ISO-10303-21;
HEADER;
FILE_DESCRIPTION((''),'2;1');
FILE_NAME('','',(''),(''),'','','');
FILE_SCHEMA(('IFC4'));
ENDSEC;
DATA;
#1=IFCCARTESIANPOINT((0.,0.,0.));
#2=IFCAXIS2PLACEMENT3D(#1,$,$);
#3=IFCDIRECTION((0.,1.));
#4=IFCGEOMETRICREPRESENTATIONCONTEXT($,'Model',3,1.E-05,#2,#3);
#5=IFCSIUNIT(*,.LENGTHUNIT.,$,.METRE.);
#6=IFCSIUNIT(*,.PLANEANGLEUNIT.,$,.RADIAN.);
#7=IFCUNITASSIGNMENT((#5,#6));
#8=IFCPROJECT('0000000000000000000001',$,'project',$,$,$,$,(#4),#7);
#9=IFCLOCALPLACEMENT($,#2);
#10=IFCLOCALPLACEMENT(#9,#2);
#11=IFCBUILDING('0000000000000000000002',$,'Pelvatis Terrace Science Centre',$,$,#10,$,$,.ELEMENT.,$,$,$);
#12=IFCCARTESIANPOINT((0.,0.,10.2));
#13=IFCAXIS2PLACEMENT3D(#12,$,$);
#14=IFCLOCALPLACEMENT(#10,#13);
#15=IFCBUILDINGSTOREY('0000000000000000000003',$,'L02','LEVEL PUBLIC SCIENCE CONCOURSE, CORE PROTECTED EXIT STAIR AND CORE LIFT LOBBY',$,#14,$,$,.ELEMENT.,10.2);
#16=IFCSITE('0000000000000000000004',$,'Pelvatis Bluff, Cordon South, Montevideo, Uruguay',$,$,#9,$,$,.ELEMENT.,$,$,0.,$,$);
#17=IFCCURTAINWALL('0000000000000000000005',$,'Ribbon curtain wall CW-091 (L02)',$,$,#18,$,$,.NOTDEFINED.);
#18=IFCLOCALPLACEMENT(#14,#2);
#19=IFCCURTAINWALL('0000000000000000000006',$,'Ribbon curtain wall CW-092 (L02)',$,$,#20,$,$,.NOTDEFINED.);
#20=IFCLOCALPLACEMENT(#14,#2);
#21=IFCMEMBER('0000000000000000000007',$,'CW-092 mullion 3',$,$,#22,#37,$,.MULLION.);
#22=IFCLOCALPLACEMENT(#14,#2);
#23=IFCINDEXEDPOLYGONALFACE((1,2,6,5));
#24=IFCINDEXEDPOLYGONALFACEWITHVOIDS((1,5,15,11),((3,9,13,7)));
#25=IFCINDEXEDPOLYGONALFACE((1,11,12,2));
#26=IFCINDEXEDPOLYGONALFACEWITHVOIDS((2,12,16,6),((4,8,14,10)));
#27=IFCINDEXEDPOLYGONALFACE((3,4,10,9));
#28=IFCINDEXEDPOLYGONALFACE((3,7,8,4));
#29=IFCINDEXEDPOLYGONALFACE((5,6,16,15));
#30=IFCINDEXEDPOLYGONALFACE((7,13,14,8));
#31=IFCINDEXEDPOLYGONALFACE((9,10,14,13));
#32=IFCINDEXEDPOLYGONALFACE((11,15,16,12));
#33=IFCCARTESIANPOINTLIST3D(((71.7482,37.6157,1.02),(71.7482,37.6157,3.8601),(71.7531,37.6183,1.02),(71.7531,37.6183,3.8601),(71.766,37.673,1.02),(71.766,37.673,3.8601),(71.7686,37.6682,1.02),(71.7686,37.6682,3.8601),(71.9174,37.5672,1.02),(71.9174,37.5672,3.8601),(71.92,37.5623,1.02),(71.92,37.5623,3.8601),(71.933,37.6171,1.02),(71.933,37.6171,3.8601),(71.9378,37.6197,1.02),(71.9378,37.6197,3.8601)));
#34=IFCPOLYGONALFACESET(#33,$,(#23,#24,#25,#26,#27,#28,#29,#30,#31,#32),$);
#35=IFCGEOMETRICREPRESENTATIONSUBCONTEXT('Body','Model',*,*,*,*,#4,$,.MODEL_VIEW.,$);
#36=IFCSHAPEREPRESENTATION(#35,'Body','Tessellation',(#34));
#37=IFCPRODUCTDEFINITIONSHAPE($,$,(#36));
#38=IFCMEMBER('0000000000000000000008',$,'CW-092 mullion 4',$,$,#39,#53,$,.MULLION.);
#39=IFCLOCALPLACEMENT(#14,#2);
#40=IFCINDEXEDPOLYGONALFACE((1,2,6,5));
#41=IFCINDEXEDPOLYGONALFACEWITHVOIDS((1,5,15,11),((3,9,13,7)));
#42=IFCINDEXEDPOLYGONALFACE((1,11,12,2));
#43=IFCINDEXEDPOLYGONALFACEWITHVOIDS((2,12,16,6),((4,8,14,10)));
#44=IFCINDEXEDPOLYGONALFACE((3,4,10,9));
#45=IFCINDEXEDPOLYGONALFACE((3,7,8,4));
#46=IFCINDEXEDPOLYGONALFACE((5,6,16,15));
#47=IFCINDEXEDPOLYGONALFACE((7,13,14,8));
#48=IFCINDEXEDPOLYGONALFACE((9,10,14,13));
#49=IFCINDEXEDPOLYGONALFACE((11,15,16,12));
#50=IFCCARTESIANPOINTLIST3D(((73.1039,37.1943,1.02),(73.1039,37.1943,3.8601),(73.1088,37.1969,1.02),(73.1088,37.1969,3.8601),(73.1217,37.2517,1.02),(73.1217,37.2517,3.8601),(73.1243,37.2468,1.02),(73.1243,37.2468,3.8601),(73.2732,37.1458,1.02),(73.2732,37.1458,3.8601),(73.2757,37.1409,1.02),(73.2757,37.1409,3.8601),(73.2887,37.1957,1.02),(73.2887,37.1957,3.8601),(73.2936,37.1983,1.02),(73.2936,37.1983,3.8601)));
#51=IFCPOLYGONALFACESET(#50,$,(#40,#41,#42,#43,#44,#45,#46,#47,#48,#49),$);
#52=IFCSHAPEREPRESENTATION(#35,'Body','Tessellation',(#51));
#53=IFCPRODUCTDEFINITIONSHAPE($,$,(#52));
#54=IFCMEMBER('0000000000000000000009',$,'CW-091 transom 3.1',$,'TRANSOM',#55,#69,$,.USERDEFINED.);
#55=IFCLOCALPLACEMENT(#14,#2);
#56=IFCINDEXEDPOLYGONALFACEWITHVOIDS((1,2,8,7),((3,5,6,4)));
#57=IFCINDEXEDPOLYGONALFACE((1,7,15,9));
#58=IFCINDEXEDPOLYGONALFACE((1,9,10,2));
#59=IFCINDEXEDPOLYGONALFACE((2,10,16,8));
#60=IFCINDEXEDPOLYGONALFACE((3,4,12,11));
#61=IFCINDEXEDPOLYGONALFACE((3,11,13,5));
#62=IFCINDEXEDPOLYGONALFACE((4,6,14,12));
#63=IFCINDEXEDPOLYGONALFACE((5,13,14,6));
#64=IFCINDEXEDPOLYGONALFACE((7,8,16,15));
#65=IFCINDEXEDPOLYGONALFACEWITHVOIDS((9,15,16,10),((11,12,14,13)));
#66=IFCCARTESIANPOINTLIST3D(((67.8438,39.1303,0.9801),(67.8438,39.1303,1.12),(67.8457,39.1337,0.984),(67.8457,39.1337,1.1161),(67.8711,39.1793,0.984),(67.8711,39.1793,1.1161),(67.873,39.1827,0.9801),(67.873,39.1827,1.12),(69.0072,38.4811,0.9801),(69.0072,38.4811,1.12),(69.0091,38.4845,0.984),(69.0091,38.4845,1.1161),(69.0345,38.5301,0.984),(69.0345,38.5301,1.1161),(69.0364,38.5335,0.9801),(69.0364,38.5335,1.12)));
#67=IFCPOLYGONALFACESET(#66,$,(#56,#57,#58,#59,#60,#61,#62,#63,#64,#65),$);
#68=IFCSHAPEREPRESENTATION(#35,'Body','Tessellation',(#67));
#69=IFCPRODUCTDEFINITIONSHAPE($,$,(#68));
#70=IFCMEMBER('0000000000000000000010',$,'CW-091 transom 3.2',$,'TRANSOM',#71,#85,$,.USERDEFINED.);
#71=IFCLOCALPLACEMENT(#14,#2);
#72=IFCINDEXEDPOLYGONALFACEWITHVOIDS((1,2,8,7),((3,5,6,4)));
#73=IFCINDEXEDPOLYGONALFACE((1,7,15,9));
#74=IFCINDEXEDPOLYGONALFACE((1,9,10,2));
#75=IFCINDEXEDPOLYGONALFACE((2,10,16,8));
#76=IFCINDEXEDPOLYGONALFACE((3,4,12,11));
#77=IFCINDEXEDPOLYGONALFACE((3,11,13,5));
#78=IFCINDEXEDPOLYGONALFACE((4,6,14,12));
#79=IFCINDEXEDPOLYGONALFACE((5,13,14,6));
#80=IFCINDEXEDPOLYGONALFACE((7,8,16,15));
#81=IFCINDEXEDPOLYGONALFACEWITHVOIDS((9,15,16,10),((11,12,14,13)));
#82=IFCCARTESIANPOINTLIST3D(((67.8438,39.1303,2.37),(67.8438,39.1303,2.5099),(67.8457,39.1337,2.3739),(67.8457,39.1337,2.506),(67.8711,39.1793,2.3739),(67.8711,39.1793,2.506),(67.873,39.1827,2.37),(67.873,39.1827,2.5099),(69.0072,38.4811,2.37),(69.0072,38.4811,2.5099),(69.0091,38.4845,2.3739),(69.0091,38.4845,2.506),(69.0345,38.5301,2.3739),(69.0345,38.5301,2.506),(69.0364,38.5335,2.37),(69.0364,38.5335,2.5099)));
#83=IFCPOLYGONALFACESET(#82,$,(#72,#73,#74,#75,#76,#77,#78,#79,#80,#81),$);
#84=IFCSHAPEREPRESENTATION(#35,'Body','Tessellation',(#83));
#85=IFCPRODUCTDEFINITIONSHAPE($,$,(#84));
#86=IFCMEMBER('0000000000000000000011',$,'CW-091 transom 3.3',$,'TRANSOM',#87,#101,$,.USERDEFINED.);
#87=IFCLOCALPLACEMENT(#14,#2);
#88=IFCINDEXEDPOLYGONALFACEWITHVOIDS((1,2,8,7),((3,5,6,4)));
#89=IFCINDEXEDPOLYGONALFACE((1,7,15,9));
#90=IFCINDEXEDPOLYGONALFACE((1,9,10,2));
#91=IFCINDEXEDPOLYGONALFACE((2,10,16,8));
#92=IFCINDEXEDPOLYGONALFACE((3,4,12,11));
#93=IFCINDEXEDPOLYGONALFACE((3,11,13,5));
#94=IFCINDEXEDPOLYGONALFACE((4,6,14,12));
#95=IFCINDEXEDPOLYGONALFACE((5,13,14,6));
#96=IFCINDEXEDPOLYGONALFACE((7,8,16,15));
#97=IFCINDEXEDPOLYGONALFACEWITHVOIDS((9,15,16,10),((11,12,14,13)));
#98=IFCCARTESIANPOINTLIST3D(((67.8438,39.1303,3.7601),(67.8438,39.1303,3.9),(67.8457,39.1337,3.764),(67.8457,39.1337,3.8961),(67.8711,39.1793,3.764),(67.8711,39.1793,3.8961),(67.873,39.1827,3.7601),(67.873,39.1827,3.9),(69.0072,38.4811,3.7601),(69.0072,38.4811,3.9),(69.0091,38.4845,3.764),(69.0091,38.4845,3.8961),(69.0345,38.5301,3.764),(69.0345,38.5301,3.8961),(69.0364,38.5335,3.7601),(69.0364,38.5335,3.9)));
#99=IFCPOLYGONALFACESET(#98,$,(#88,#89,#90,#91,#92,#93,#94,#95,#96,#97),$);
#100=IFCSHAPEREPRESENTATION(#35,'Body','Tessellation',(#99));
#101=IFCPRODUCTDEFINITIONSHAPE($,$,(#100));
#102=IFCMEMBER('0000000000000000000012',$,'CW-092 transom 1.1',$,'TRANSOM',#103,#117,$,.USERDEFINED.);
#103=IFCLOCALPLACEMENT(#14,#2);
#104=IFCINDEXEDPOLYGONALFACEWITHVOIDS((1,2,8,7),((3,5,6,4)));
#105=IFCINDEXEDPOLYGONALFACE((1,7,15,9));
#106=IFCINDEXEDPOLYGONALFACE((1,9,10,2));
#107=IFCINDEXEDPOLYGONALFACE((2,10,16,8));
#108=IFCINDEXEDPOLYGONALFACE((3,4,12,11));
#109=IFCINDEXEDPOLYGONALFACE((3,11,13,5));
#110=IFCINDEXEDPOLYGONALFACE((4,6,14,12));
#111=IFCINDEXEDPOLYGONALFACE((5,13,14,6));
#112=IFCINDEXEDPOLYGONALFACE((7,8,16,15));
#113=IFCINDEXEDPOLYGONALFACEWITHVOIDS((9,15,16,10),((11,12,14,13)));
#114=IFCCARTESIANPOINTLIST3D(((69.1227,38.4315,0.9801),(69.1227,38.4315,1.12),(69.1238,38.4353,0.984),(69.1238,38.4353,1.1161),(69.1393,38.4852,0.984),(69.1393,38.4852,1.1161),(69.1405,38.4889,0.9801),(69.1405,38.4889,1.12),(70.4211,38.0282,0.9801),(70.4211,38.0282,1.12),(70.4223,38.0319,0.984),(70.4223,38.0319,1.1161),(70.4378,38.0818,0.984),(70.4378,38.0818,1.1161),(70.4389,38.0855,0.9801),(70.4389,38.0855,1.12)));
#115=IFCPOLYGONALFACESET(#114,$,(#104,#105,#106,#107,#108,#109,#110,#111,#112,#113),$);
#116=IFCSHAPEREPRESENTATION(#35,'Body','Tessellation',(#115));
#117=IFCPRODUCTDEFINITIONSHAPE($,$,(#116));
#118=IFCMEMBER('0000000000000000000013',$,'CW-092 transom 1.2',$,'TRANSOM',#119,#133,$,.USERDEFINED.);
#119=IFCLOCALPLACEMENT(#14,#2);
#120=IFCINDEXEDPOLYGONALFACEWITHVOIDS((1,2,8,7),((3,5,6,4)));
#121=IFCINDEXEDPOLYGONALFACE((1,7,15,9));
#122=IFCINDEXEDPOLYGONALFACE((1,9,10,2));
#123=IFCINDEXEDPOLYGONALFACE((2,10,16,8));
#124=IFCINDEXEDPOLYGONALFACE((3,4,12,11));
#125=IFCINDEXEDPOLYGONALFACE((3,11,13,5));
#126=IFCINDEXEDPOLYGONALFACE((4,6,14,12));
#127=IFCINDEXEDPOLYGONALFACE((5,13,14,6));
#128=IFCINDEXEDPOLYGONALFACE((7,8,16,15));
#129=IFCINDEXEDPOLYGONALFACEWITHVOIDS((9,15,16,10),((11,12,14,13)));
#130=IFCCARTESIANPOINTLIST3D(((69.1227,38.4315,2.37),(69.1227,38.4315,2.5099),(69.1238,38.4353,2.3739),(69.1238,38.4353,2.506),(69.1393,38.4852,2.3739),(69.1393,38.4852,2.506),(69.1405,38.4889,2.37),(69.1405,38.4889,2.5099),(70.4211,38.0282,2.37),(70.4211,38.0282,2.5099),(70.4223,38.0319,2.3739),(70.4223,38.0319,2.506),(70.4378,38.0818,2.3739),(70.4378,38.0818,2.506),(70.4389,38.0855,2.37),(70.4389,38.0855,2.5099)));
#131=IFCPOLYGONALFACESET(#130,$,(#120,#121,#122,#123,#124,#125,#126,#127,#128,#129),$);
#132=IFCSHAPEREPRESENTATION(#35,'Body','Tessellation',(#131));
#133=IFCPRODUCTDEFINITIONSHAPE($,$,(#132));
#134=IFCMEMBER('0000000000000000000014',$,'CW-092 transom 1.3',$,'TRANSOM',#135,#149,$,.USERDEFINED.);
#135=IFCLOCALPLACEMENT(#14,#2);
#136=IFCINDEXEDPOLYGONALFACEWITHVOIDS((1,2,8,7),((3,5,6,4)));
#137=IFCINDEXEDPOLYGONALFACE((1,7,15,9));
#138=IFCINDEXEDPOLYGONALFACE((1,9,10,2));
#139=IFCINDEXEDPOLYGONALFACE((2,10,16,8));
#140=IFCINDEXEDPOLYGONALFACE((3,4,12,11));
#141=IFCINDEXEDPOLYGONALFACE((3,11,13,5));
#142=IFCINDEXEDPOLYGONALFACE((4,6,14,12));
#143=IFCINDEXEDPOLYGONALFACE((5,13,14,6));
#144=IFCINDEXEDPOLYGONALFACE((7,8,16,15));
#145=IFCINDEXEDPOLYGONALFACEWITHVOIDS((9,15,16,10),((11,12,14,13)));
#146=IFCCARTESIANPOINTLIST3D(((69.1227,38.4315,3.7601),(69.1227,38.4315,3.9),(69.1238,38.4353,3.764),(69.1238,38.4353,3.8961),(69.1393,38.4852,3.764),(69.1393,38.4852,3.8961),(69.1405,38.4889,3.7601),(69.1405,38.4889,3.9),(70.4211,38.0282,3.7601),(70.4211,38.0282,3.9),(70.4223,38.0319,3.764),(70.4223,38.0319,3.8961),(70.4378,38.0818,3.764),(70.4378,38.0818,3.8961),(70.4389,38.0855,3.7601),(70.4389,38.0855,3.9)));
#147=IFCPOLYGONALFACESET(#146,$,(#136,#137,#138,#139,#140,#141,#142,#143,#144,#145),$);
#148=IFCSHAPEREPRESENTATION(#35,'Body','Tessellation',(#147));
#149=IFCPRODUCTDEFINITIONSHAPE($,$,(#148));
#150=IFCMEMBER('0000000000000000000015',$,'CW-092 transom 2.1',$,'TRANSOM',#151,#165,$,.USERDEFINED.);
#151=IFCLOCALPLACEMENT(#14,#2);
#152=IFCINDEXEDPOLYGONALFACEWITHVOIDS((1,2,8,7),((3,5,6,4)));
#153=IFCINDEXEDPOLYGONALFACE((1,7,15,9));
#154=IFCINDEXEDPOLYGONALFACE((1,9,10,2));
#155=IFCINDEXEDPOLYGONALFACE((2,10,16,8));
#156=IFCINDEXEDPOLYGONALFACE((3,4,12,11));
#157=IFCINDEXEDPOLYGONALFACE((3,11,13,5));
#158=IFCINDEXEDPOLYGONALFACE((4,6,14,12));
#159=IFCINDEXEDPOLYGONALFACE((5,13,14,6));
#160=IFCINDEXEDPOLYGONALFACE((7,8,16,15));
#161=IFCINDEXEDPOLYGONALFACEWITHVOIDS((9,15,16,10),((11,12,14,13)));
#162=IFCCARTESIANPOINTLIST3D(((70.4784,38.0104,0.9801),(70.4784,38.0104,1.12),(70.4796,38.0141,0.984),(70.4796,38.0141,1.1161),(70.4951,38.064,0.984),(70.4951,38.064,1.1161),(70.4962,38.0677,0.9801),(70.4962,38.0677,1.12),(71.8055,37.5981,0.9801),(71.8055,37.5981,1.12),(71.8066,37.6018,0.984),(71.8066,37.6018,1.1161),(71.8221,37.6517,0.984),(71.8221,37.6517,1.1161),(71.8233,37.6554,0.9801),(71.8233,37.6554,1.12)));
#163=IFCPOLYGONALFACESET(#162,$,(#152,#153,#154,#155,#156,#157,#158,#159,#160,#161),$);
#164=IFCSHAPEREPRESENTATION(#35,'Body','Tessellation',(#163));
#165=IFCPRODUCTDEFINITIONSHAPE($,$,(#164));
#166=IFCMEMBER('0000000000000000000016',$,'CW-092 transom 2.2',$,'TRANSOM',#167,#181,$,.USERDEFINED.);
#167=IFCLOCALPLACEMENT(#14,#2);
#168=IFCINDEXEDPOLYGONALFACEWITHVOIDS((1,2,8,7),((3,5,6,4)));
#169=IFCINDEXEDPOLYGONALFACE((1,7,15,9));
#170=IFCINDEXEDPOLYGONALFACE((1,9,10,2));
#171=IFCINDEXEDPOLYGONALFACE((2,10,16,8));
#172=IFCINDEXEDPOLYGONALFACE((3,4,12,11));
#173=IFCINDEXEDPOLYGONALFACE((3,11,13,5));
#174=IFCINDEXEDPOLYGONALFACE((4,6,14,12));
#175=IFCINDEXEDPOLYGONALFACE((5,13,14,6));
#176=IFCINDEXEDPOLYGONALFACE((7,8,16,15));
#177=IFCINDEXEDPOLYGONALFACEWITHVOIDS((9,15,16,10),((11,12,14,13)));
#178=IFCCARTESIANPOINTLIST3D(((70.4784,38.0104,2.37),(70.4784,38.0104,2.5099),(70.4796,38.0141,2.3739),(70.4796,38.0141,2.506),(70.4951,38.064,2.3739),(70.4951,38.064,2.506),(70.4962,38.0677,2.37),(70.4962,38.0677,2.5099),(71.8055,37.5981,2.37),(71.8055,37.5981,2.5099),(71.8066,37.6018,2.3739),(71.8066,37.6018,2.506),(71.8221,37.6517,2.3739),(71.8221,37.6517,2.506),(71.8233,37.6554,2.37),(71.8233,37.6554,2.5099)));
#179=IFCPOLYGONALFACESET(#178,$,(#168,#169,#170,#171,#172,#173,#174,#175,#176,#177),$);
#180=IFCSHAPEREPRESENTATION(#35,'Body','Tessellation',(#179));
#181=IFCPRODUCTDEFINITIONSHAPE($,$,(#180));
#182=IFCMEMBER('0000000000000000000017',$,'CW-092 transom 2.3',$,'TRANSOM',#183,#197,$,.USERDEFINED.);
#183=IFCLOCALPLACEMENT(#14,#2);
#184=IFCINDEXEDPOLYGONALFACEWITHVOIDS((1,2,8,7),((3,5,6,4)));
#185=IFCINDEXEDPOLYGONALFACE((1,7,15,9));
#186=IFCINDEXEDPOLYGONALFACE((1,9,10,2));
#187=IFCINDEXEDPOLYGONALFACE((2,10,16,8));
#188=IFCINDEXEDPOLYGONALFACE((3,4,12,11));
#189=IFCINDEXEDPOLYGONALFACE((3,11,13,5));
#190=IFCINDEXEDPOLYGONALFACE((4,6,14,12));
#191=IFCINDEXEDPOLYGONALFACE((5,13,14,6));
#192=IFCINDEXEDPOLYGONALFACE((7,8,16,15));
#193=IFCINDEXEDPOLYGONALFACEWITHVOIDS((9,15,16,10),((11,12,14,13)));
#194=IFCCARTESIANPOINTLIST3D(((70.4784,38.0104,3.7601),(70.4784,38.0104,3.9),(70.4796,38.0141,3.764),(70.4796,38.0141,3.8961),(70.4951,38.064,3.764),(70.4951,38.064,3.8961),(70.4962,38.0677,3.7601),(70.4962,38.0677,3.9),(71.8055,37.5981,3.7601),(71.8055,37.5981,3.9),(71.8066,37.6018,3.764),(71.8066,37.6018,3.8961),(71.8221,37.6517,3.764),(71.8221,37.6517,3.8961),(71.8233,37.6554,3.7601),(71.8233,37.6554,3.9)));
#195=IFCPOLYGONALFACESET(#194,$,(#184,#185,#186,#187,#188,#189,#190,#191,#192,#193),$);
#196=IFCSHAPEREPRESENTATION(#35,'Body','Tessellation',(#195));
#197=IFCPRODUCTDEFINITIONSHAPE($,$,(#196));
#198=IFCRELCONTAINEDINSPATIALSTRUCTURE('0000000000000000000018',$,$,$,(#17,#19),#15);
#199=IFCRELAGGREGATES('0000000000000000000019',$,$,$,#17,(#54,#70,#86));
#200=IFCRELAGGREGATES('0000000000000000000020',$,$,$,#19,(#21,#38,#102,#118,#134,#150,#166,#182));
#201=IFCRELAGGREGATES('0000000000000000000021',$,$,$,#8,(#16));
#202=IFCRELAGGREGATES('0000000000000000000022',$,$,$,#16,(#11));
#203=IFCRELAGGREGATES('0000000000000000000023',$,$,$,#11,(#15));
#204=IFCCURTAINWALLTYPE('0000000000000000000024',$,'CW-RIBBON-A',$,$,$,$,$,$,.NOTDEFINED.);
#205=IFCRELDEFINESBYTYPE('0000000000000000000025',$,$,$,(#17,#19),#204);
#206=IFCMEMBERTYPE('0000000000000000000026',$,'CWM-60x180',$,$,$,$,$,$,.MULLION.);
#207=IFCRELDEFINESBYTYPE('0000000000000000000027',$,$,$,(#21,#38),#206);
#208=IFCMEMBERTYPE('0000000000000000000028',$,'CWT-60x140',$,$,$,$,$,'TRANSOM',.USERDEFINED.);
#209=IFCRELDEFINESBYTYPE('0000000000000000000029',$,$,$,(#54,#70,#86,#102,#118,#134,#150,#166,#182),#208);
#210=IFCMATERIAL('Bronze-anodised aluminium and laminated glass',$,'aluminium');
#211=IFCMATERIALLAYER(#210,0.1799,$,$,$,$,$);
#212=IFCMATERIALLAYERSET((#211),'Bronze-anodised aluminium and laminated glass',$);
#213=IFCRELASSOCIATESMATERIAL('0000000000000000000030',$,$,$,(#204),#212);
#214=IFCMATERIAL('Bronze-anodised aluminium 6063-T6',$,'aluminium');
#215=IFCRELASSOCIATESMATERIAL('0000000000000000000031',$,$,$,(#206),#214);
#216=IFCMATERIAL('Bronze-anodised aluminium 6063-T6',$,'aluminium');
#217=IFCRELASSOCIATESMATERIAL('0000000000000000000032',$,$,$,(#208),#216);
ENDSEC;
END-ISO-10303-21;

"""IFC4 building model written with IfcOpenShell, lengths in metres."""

from ifc_helpers import new_model, si_unit, direction, frame, origin, origin_2d, place, context, subcontext, project, spatial, hollow_rectangle, extrude, material, layer, layer_set, material_profile, profile_set, type_object, element, aggregate, save


model = new_model("IFC4")

# Units and contexts
model_context = context("Model", 3, precision=1e-05, world=origin(), true_north=direction((0.0, 1.0)))
body_context = subcontext(model_context, "Body", "Model", "MODEL_VIEW")
ifc_project = project(units=[si_unit("LENGTHUNIT", "METRE"), si_unit("PLANEANGLEUNIT", "RADIAN")], contexts=[model_context])

# Site, building, storey
site_placement = place(None, origin())
site = spatial("IfcSite", under=ifc_project, at=site_placement, Name="Pelvatis Bluff, Cordon South, Montevideo, Uruguay", CompositionType="ELEMENT", RefElevation=0.0)
building_placement = place(site_placement, origin())
building = spatial("IfcBuilding", under=site, at=building_placement, Name="Pelvatis Terrace Science Centre", CompositionType="ELEMENT")
storey_placement = place(building_placement, frame((0.0, 0.0, 10.2)))
storey = spatial("IfcBuildingStorey", under=building, at=storey_placement, Name="L02", Description="LEVEL PUBLIC SCIENCE CONCOURSE, CORE PROTECTED EXIT STAIR AND CORE LIFT LOBBY", CompositionType="ELEMENT", Elevation=10.2)

# Curtain walls, members
ifc_material_1 = material(Name="Bronze-anodised aluminium and laminated glass", Category="aluminium")
ifc_layer_1 = layer(ifc_material_1, 0.1799)
ifc_layer_set_1 = layer_set([ifc_layer_1], Name="Bronze-anodised aluminium and laminated glass")
curtain_wall_type = type_object("IfcCurtainWallType", Name="CW-RIBBON-A", PredefinedType="NOTDEFINED", material=ifc_layer_set_1)
curtain_wall_1_placement = place(storey_placement, origin())
curtain_wall_1 = element("IfcCurtainWall", 1, at=curtain_wall_1_placement, inside=storey, type_object=curtain_wall_type, Name="Ribbon curtain wall CW-091 (L02)", PredefinedType="NOTDEFINED")
ifc_material_2 = material(Name="Bronze-anodised aluminium 6063-T6", Category="aluminium")
ifc_material_profile_1 = material_profile(ifc_material_2, hollow_rectangle(XDim=0.0601, YDim=0.1799, WallThickness=0.0039, at=origin_2d()), Name="ALU-MUL 60x180")
ifc_profile_set_1 = profile_set([ifc_material_profile_1], Name="Bronze-anodised aluminium 6063-T6")
member_type_1 = type_object("IfcMemberType", Name="CWM-60x180", PredefinedType="MULLION", material=ifc_profile_set_1)
curtain_wall_2_placement = place(storey_placement, origin())
curtain_wall_2 = element("IfcCurtainWall", 2, at=curtain_wall_2_placement, inside=storey, type_object=curtain_wall_type, Name="Ribbon curtain wall CW-092 (L02)", PredefinedType="NOTDEFINED")
member_1_placement = place(storey_placement, frame((71.843, 37.6177, 1.02), z_axis=(0.0, 0.0, 1.0), x_axis=(0.296744, 0.954957, 0.0)))
member_1 = element("IfcMember", 3, at=member_1_placement, type_object=member_type_1, Name="CW-092 mullion 3", PredefinedType="MULLION", context=body_context, shape_type="SweptSolid", body=[
    extrude(hollow_rectangle(XDim=0.0601, YDim=0.1799, WallThickness=0.0039, at=origin_2d()), origin(), (0.0, 0.0, 1.0), 2.8401),
])
member_2_placement = place(storey_placement, frame((73.1987, 37.1963, 1.02), z_axis=(0.0, 0.0, 1.0), x_axis=(0.296744, 0.954957, 0.0)))
member_2 = element("IfcMember", 4, at=member_2_placement, type_object=member_type_1, Name="CW-092 mullion 4", PredefinedType="MULLION", context=body_context, shape_type="SweptSolid", body=[
    extrude(hollow_rectangle(XDim=0.0601, YDim=0.1799, WallThickness=0.0039, at=origin_2d()), origin(), (0.0, 0.0, 1.0), 2.8401),
])

# Members
ifc_material_3 = material(Name="Bronze-anodised aluminium 6063-T6", Category="aluminium")
ifc_material_profile_2 = material_profile(ifc_material_3, hollow_rectangle(XDim=0.0601, YDim=0.1399, WallThickness=0.0039, at=origin_2d()), Name="ALU-TRN 60x140")
ifc_profile_set_2 = profile_set([ifc_material_profile_2], Name="Bronze-anodised aluminium 6063-T6")
member_type_2 = type_object("IfcMemberType", Name="CWT-60x140", ElementType="TRANSOM", PredefinedType="USERDEFINED", material=ifc_profile_set_2)
member_3_placement = place(storey_placement, frame((67.8584, 39.1565, 1.05), z_axis=(0.873239, -0.487291, 0.0), x_axis=(0.487291, 0.873239, 0.0)))
member_3 = element("IfcMember", 5, at=member_3_placement, type_object=member_type_2, Name="CW-091 transom 3.1", ObjectType="TRANSOM", PredefinedType="USERDEFINED", context=body_context, shape_type="SweptSolid", body=[
    extrude(hollow_rectangle(XDim=0.0601, YDim=0.1399, WallThickness=0.0039, at=origin_2d()), origin(), (0.0, 0.0, 1.0), 1.3323),
])
member_4_placement = place(storey_placement, frame((67.8584, 39.1565, 2.4399), z_axis=(0.873239, -0.487291, 0.0), x_axis=(0.487291, 0.873239, 0.0)))
member_4 = element("IfcMember", 6, at=member_4_placement, type_object=member_type_2, Name="CW-091 transom 3.2", ObjectType="TRANSOM", PredefinedType="USERDEFINED", context=body_context, shape_type="SweptSolid", body=[
    extrude(hollow_rectangle(XDim=0.0601, YDim=0.1399, WallThickness=0.0039, at=origin_2d()), origin(), (0.0, 0.0, 1.0), 1.3323),
])
member_5_placement = place(storey_placement, frame((67.8584, 39.1565, 3.8301), z_axis=(0.873239, -0.487291, 0.0), x_axis=(0.487291, 0.873239, 0.0)))
member_5 = element("IfcMember", 7, at=member_5_placement, type_object=member_type_2, Name="CW-091 transom 3.3", ObjectType="TRANSOM", PredefinedType="USERDEFINED", context=body_context, shape_type="SweptSolid", body=[
    extrude(hollow_rectangle(XDim=0.0601, YDim=0.1399, WallThickness=0.0039, at=origin_2d()), origin(), (0.0, 0.0, 1.0), 1.3323),
])
member_6_placement = place(storey_placement, frame((69.1316, 38.4602, 1.05), z_axis=(0.954983, -0.296659, 0.0), x_axis=(0.296659, 0.954983, 0.0)))
member_6 = element("IfcMember", 8, at=member_6_placement, type_object=member_type_2, Name="CW-092 transom 1.1", ObjectType="TRANSOM", PredefinedType="USERDEFINED", context=body_context, shape_type="SweptSolid", body=[
    extrude(hollow_rectangle(XDim=0.0601, YDim=0.1399, WallThickness=0.0039, at=origin_2d()), origin(), (0.0, 0.0, 1.0), 1.3596),
])
member_7_placement = place(storey_placement, frame((69.1316, 38.4602, 2.4399), z_axis=(0.954983, -0.296659, 0.0), x_axis=(0.296659, 0.954983, 0.0)))
member_7 = element("IfcMember", 9, at=member_7_placement, type_object=member_type_2, Name="CW-092 transom 1.2", ObjectType="TRANSOM", PredefinedType="USERDEFINED", context=body_context, shape_type="SweptSolid", body=[
    extrude(hollow_rectangle(XDim=0.0601, YDim=0.1399, WallThickness=0.0039, at=origin_2d()), origin(), (0.0, 0.0, 1.0), 1.3596),
])
member_8_placement = place(storey_placement, frame((69.1316, 38.4602, 3.8301), z_axis=(0.954983, -0.296659, 0.0), x_axis=(0.296659, 0.954983, 0.0)))
member_8 = element("IfcMember", 10, at=member_8_placement, type_object=member_type_2, Name="CW-092 transom 1.3", ObjectType="TRANSOM", PredefinedType="USERDEFINED", context=body_context, shape_type="SweptSolid", body=[
    extrude(hollow_rectangle(XDim=0.0601, YDim=0.1399, WallThickness=0.0039, at=origin_2d()), origin(), (0.0, 0.0, 1.0), 1.3596),
])
member_9_placement = place(storey_placement, frame((70.4873, 38.0391, 1.05), z_axis=(0.954966, -0.296714, 0.0), x_axis=(0.296714, 0.954966, 0.0)))
member_9 = element("IfcMember", 11, at=member_9_placement, type_object=member_type_2, Name="CW-092 transom 2.1", ObjectType="TRANSOM", PredefinedType="USERDEFINED", context=body_context, shape_type="SweptSolid", body=[
    extrude(hollow_rectangle(XDim=0.0601, YDim=0.1399, WallThickness=0.0039, at=origin_2d()), origin(), (0.0, 0.0, 1.0), 1.3896),
])
member_10_placement = place(storey_placement, frame((70.4873, 38.0391, 2.4399), z_axis=(0.954966, -0.296714, 0.0), x_axis=(0.296714, 0.954966, 0.0)))
member_10 = element("IfcMember", 12, at=member_10_placement, type_object=member_type_2, Name="CW-092 transom 2.2", ObjectType="TRANSOM", PredefinedType="USERDEFINED", context=body_context, shape_type="SweptSolid", body=[
    extrude(hollow_rectangle(XDim=0.0601, YDim=0.1399, WallThickness=0.0039, at=origin_2d()), origin(), (0.0, 0.0, 1.0), 1.3896),
])
member_11_placement = place(storey_placement, frame((70.4873, 38.0391, 3.8301), z_axis=(0.954966, -0.296714, 0.0), x_axis=(0.296714, 0.954966, 0.0)))
member_11 = element("IfcMember", 13, at=member_11_placement, type_object=member_type_2, Name="CW-092 transom 2.3", ObjectType="TRANSOM", PredefinedType="USERDEFINED", context=body_context, shape_type="SweptSolid", body=[
    extrude(hollow_rectangle(XDim=0.0601, YDim=0.1399, WallThickness=0.0039, at=origin_2d()), origin(), (0.0, 0.0, 1.0), 1.3896),
])

aggregate(curtain_wall_1, [member_3, member_4, member_5])
aggregate(curtain_wall_2, [member_1, member_2, member_6, member_7, member_8, member_9, member_10, member_11])

save(model, "model.ifc")
